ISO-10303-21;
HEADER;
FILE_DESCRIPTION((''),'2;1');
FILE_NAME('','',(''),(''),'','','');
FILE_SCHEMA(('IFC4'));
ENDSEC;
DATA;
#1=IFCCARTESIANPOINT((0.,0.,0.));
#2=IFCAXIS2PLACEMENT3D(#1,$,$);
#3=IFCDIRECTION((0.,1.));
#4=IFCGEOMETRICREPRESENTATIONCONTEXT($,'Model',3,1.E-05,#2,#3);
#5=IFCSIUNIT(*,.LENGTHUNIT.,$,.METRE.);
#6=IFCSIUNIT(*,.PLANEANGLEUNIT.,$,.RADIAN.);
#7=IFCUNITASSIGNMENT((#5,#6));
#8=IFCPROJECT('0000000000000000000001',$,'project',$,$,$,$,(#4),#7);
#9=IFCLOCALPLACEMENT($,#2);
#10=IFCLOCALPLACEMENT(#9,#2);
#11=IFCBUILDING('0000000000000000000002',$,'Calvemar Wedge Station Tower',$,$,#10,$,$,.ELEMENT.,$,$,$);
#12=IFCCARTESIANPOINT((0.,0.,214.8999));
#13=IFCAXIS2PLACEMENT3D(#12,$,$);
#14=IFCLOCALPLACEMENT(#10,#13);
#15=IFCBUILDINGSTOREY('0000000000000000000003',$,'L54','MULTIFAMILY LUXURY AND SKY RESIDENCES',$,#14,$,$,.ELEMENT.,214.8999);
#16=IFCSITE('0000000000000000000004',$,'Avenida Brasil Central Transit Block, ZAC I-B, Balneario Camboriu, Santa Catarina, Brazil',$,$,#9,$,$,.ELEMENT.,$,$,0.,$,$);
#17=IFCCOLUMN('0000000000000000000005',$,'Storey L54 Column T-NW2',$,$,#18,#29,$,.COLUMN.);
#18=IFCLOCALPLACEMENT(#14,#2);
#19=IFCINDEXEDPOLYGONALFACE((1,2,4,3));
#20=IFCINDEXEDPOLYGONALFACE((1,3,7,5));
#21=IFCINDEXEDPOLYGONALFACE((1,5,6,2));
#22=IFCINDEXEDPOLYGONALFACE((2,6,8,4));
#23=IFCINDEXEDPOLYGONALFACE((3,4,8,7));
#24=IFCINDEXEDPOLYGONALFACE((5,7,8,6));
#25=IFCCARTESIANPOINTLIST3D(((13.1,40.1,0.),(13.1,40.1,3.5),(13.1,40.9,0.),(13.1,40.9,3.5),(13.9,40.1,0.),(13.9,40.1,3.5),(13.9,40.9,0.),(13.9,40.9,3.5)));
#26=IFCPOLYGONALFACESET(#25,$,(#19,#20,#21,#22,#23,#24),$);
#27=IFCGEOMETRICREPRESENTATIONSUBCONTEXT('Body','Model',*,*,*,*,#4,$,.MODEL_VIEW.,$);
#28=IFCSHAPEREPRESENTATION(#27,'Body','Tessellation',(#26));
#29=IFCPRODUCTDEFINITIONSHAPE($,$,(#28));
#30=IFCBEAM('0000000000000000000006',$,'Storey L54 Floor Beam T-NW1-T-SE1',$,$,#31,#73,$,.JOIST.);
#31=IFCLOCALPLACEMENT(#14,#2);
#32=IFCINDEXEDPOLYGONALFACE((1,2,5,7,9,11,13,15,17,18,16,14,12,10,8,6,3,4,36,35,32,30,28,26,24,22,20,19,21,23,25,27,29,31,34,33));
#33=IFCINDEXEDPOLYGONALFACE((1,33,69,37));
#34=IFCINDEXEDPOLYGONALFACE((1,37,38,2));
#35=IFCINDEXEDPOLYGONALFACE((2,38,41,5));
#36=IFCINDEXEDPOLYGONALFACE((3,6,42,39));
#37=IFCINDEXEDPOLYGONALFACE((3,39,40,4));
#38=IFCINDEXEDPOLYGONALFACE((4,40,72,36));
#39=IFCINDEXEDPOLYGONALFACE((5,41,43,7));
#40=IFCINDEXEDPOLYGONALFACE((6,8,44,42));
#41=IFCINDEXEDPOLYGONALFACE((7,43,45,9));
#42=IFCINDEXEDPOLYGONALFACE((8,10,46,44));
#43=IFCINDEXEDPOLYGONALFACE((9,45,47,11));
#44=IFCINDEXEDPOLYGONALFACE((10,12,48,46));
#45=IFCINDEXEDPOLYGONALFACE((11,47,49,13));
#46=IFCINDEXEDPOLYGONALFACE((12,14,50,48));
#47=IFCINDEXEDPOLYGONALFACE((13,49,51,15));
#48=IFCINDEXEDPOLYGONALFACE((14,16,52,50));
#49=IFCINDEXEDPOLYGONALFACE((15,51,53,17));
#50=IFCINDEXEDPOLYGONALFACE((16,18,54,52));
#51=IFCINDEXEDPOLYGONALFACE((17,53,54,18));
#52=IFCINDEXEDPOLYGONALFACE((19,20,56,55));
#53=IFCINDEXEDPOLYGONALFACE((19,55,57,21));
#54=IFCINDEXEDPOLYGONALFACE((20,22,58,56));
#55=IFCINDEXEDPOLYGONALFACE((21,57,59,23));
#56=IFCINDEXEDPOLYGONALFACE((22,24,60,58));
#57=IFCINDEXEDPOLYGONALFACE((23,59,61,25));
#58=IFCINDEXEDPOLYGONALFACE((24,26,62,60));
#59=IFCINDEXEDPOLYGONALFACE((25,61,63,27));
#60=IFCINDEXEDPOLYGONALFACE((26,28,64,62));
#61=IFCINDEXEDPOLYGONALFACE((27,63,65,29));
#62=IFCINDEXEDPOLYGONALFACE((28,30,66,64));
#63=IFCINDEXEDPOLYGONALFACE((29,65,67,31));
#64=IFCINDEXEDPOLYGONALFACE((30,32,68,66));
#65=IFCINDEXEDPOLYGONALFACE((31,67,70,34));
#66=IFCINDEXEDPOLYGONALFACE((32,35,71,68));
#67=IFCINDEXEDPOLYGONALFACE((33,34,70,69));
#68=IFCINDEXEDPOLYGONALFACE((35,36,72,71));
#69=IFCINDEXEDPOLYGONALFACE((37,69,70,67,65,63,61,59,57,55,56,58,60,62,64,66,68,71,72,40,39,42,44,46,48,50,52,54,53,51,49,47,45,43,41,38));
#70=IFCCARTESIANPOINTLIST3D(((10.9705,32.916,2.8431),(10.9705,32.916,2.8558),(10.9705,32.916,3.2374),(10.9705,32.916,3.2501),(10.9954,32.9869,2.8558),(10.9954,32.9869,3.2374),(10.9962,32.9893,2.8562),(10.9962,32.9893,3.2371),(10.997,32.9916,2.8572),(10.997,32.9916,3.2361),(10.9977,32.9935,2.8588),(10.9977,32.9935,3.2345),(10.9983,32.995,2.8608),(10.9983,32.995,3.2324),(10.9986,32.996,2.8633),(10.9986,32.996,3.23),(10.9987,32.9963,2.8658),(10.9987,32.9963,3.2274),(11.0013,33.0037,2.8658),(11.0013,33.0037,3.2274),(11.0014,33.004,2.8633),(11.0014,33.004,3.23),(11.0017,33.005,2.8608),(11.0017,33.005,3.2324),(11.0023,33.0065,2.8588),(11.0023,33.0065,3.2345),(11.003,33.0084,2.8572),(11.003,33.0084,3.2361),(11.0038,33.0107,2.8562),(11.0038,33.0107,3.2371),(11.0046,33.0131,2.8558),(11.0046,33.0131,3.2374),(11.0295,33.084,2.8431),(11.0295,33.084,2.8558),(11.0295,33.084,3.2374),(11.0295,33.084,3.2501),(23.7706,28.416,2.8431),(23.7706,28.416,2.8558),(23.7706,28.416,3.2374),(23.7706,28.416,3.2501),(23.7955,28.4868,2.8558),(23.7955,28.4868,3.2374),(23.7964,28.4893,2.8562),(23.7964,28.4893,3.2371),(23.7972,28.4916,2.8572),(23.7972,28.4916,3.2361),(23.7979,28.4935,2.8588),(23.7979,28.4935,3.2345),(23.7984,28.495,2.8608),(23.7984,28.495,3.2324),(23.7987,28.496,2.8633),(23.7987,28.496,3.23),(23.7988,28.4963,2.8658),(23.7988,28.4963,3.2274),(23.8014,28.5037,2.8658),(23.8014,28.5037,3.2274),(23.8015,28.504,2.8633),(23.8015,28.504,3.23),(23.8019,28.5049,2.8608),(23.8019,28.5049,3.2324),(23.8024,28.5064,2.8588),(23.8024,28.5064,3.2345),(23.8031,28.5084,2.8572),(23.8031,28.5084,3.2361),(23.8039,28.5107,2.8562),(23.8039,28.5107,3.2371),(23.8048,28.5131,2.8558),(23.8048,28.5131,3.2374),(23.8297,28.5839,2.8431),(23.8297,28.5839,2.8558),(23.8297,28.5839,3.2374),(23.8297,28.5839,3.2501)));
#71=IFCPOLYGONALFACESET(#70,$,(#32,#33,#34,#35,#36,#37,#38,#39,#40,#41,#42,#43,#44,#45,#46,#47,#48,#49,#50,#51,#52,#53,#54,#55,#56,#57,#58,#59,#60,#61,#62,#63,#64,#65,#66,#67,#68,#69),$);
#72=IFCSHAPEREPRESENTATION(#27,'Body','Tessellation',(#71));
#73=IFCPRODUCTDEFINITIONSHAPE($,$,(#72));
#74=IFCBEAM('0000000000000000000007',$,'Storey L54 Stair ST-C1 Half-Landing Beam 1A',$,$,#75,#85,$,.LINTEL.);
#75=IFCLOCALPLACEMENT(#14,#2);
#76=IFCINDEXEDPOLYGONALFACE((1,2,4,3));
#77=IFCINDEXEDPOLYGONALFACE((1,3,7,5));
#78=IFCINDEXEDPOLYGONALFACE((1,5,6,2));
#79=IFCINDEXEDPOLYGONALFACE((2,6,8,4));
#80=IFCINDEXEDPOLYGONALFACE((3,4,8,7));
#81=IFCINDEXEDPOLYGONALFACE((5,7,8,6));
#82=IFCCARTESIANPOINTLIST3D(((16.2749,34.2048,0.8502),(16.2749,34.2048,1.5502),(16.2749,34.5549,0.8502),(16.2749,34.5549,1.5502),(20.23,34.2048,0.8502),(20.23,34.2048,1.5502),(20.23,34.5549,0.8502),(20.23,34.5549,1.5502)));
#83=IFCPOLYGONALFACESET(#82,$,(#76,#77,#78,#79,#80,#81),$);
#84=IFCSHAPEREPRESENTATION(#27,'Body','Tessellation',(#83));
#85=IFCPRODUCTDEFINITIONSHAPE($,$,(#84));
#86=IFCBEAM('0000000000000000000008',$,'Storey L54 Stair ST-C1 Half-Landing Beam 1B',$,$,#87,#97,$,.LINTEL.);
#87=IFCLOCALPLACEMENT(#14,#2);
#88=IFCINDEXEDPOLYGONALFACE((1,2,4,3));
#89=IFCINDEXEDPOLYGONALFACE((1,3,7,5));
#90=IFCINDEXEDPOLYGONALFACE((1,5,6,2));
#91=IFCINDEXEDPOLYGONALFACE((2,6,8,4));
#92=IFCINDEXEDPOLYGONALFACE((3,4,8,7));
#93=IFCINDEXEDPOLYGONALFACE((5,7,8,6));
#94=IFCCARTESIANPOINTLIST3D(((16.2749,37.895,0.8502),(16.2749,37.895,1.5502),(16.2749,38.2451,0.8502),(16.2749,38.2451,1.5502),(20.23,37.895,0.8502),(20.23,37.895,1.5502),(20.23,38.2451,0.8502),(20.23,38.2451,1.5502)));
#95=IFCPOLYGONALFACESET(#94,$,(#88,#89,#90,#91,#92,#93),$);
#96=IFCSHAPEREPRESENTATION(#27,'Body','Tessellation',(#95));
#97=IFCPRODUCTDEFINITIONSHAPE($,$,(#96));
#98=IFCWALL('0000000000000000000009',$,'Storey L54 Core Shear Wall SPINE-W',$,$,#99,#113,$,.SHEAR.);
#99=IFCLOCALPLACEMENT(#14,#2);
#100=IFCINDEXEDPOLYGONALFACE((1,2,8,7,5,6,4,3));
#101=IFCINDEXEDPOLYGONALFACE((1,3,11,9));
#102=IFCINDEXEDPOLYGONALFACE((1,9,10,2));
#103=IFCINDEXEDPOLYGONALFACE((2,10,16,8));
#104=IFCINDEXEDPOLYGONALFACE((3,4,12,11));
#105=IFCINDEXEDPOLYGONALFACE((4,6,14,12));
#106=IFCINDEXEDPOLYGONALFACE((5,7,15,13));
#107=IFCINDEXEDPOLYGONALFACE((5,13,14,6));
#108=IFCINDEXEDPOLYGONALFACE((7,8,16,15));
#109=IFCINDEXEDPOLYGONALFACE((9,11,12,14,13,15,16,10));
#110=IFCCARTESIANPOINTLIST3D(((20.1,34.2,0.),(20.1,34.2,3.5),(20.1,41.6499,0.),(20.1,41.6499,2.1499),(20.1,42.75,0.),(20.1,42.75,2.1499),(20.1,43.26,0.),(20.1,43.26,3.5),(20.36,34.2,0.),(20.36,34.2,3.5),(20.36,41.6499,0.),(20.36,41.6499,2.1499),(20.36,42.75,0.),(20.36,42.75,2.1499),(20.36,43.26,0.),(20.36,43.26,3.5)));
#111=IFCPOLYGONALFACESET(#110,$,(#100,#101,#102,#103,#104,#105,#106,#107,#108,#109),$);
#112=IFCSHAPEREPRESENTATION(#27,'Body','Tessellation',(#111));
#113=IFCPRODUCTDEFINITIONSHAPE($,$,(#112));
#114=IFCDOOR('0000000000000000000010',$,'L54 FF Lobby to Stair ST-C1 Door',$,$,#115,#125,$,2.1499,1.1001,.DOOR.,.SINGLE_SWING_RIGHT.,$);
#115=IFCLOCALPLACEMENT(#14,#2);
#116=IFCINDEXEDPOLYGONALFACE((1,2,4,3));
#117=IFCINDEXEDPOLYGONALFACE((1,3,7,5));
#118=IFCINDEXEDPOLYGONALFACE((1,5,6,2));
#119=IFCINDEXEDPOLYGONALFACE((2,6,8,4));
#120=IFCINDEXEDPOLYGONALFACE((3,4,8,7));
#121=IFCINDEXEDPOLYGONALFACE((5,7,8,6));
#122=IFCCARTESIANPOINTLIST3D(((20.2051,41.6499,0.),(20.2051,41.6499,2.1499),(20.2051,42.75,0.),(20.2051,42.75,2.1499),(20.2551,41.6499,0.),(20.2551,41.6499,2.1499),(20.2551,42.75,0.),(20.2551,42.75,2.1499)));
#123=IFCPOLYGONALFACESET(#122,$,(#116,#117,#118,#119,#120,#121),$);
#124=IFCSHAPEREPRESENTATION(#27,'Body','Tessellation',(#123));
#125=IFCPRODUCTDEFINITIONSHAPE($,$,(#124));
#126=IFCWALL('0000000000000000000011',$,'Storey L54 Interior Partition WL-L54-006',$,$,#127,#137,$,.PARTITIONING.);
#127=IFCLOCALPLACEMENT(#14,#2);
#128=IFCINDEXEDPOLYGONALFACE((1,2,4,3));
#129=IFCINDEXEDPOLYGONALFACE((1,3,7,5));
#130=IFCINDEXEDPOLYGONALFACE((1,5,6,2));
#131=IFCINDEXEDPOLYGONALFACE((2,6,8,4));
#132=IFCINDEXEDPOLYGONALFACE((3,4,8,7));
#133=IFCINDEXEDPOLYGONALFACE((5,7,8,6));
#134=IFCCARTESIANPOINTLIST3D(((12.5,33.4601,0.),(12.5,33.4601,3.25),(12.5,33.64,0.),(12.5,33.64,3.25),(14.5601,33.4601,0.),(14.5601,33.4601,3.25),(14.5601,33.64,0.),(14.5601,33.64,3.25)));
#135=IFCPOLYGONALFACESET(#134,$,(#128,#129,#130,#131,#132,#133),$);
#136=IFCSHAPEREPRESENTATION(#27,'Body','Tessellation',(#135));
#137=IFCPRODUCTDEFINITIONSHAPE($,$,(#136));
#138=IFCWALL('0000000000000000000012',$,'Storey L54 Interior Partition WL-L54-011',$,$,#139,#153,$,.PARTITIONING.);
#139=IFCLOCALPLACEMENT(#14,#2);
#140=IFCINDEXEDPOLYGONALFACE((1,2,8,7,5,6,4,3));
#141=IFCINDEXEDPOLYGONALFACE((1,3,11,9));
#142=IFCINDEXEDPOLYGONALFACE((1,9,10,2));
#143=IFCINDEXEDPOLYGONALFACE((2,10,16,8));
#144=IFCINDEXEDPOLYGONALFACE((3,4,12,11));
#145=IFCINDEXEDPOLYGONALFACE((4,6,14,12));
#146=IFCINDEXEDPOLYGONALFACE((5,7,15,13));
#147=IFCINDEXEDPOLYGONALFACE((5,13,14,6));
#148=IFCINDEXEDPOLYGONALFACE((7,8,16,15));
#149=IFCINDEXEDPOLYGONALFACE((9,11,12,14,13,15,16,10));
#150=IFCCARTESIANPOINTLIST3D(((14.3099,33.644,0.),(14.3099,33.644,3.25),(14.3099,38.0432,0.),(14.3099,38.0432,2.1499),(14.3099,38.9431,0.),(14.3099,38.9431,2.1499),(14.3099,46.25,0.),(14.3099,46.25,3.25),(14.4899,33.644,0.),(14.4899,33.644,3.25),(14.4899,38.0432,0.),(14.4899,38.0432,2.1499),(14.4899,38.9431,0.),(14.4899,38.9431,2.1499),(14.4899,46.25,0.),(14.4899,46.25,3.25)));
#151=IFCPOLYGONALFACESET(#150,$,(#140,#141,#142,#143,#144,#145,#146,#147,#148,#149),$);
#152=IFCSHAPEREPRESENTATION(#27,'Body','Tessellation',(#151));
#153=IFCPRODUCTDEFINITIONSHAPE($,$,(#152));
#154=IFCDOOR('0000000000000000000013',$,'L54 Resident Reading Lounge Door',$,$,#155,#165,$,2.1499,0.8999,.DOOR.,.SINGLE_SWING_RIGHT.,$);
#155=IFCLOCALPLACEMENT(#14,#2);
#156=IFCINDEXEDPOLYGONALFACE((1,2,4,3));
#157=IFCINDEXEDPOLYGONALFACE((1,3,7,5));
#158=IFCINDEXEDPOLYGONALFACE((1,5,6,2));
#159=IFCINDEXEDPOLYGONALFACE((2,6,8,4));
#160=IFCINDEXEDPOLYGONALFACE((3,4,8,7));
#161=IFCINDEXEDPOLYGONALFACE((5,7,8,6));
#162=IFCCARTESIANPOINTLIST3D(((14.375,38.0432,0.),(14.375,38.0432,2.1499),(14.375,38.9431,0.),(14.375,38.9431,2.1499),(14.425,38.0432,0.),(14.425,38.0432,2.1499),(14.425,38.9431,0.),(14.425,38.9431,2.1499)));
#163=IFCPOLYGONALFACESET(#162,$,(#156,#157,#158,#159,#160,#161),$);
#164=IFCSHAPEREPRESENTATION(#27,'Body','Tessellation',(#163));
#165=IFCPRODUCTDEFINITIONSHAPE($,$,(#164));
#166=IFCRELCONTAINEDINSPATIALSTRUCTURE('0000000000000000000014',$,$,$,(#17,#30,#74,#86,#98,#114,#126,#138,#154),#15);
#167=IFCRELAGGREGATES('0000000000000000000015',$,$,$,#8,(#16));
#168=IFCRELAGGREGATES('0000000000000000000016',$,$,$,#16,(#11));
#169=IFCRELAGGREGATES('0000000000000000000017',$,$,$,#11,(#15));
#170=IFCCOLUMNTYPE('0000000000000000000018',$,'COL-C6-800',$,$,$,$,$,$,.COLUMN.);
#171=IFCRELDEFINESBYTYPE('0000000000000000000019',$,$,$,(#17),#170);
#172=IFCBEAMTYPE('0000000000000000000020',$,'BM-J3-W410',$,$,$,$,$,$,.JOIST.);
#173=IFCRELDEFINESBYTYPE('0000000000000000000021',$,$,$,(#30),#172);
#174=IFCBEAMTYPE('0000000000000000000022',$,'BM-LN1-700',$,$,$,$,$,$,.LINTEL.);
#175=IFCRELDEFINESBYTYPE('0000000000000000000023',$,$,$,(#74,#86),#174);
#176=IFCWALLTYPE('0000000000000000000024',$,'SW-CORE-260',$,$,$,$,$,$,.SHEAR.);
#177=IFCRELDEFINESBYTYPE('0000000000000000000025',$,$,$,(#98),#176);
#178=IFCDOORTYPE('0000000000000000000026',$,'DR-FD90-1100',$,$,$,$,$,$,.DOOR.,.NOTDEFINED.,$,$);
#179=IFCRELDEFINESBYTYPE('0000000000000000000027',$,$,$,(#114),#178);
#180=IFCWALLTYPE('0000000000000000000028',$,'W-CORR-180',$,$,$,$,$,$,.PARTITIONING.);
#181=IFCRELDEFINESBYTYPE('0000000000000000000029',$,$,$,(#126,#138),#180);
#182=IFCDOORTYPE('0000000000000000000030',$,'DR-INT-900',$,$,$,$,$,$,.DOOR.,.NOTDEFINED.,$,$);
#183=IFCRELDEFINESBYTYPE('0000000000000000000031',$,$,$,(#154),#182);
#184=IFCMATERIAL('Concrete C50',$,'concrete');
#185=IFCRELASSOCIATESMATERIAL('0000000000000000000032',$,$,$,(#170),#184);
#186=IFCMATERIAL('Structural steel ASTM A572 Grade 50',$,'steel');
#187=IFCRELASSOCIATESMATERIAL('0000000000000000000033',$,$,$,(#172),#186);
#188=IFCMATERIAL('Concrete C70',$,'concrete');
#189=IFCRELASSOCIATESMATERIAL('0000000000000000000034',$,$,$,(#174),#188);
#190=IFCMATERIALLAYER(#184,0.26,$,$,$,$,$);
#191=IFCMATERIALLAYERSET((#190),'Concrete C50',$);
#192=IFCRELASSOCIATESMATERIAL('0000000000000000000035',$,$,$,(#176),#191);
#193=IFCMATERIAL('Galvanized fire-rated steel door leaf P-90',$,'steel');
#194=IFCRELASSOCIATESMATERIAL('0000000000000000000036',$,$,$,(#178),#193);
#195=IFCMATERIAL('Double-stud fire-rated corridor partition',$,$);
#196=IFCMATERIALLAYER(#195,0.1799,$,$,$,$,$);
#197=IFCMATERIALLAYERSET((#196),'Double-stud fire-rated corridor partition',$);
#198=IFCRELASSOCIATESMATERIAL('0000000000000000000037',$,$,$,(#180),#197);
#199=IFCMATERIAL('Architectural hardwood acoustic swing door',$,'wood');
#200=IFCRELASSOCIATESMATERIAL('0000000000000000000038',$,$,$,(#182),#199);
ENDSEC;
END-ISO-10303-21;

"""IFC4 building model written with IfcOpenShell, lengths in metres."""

from ifc_helpers import new_model, si_unit, direction, frame, frame_2d, origin, origin_2d, place, context, subcontext, project, spatial, rectangle, i_section, extrude, source, transform, mapped, material, layer, layer_set, material_profile, profile_set, type_object, element, fill, save


model = new_model("IFC4")

# Units and contexts
model_context = context("Model", 3, precision=1e-05, world=origin(), true_north=direction((0.0, 1.0)))
body_context = subcontext(model_context, "Body", "Model", "MODEL_VIEW")
ifc_project = project(units=[si_unit("LENGTHUNIT", "METRE"), si_unit("PLANEANGLEUNIT", "RADIAN")], contexts=[model_context])

# Site, building, storey
site_placement = place(None, origin())
site = spatial("IfcSite", under=ifc_project, at=site_placement, Name="Avenida Brasil Central Transit Block, ZAC I-B, Balneario Camboriu, Santa Catarina, Brazil", CompositionType="ELEMENT", RefElevation=0.0)
building_placement = place(site_placement, origin())
building = spatial("IfcBuilding", under=site, at=building_placement, Name="Calvemar Wedge Station Tower", CompositionType="ELEMENT")
storey_placement = place(building_placement, frame((0.0, 0.0, 214.8999)))
storey = spatial("IfcBuildingStorey", under=building, at=storey_placement, Name="L54", Description="MULTIFAMILY LUXURY AND SKY RESIDENCES", CompositionType="ELEMENT", Elevation=214.8999)

# Column
ifc_material_1 = material(Name="Concrete C50", Category="concrete")
ifc_material_profile_1 = material_profile(ifc_material_1, rectangle(XDim=0.8, YDim=0.8, at=origin_2d()), Name="RC800x800")
ifc_profile_set_1 = profile_set([ifc_material_profile_1], Name="Concrete C50")
column_type = type_object("IfcColumnType", Name="COL-C6-800", PredefinedType="COLUMN", material=ifc_profile_set_1)
shared_shape_1 = source(origin(), body_context, "Body", "SweptSolid", [
    extrude(rectangle(XDim=0.8, YDim=0.8, at=origin_2d()), origin(), (0.0, 0.0, 1.0), 3.5),
])
column_placement = place(storey_placement, frame((13.5, 40.5, 0.0), z_axis=(0.0, 0.0, 1.0), x_axis=(1.0, 0.0, 0.0)))
element("IfcColumn", 1, at=column_placement, inside=storey, type_object=column_type, Name="Storey L54 Column T-NW2", PredefinedType="COLUMN", context=body_context, shape_type="MappedRepresentation", body=[
    mapped(shared_shape_1, transform((0.0, 0.0, 0.0), scale=1.0)),
])

# Beams
ifc_material_2 = material(Name="Structural steel ASTM A572 Grade 50", Category="steel")
ifc_material_profile_2 = material_profile(ifc_material_2, i_section(OverallWidth=0.178, OverallDepth=0.407, WebThickness=0.0078, FlangeThickness=0.0127, FilletRadius=0.01, at=origin_2d()), Name="W410x60")
ifc_profile_set_2 = profile_set([ifc_material_profile_2], Name="Structural steel ASTM A572 Grade 50")
beam_type_1 = type_object("IfcBeamType", Name="BM-J3-W410", PredefinedType="JOIST", material=ifc_profile_set_2)
shared_shape_2 = source(origin(), body_context, "Body", "SweptSolid", [
    extrude(i_section(OverallWidth=0.178, OverallDepth=0.407, WebThickness=0.0078, FlangeThickness=0.0127, FilletRadius=0.01, at=origin_2d()), origin(), (0.0, 0.0, 1.0), 13.5681),
])
beam_placement = place(storey_placement, frame((11.0, 33.0, 3.0466), z_axis=(0.943398, -0.331662, 0.0), x_axis=(0.331662, 0.943398, 0.0)))
element("IfcBeam", 2, at=beam_placement, inside=storey, type_object=beam_type_1, Name="Storey L54 Floor Beam T-NW1-T-SE1", PredefinedType="JOIST", context=body_context, shape_type="MappedRepresentation", body=[
    mapped(shared_shape_2, transform((0.0, 0.0, 0.0), scale=1.0)),
])
ifc_material_3 = material(Name="Concrete C70", Category="concrete")
ifc_material_profile_3 = material_profile(ifc_material_3, rectangle(XDim=0.3501, YDim=0.7, at=origin_2d()), Name="RC350x700")
ifc_profile_set_3 = profile_set([ifc_material_profile_3], Name="Concrete C70")
beam_type_2 = type_object("IfcBeamType", Name="BM-LN1-700", PredefinedType="LINTEL", material=ifc_profile_set_3)
shared_shape_3 = source(origin(), body_context, "Body", "SweptSolid", [
    extrude(rectangle(XDim=0.3501, YDim=0.7, at=origin_2d()), origin(), (0.0, 0.0, 1.0), 3.9551),
])
for number, where, z_axis, x_axis, name in (
    (3, (16.2749, 34.3799, 1.2002), (1.0, 0.0, 0.0), (0.0, 1.0, 0.0), "Storey L54 Stair ST-C1 Half-Landing Beam 1A"),
    (4, (16.2749, 38.0701, 1.2002), (1.0, 0.0, 0.0), (0.0, 1.0, 0.0), "Storey L54 Stair ST-C1 Half-Landing Beam 1B"),
):
    element("IfcBeam", number, at=place(storey_placement, frame(where, z_axis=z_axis, x_axis=x_axis)), inside=storey, type_object=beam_type_2, Name=name, PredefinedType="LINTEL", context=body_context, shape_type="MappedRepresentation", body=[
        mapped(shared_shape_3, transform((0.0, 0.0, 0.0), scale=1.0)),
    ])

# Wall, opening, door
ifc_layer_1 = layer(ifc_material_1, 0.26)
ifc_layer_set_1 = layer_set([ifc_layer_1], Name="Concrete C50")
wall_type_1 = type_object("IfcWallType", Name="SW-CORE-260", PredefinedType="SHEAR", material=ifc_layer_set_1)
wall_1_placement = place(storey_placement, frame((20.23, 34.2, 0.0), z_axis=(0.0, 0.0, 1.0), x_axis=(0.0, 1.0, 0.0)))
wall_1 = element("IfcWall", 5, at=wall_1_placement, inside=storey, type_object=wall_type_1, Name="Storey L54 Core Shear Wall SPINE-W", PredefinedType="SHEAR", context=body_context, shape_type="SweptSolid", body=[
    extrude(rectangle(XDim=9.0601, YDim=0.26, at=frame_2d((4.53, 0.0))), origin(), (0.0, 0.0, 1.0), 3.5),
])
shared_shape_4 = source(origin(), body_context, "Body", "SweptSolid", [
    extrude(rectangle(XDim=1.1001, YDim=2.1499, at=frame_2d((0.55, 1.075))), frame((0.0, 0.1401, 0.0), z_axis=(0.0, -1.0, 0.0), x_axis=(1.0, 0.0, 0.0)), (0.0, 0.0, 1.0), 0.28),
])
opening_1_placement = place(wall_1_placement, frame((7.45, 0.0, 0.0)))
opening_1 = element("IfcOpeningElement", 6, at=opening_1_placement, cuts=wall_1, PredefinedType="OPENING", context=body_context, shape_type="MappedRepresentation", body=[
    mapped(shared_shape_4, transform((0.0, 0.0, 0.0), scale=1.0)),
])
ifc_material_4 = material(Name="Galvanized fire-rated steel door leaf P-90", Category="steel")
door_type_1 = type_object("IfcDoorType", Name="DR-FD90-1100", OperationType="NOTDEFINED", PredefinedType="DOOR", material=ifc_material_4)
shared_shape_5 = source(origin(), body_context, "Body", "SweptSolid", [
    extrude(rectangle(XDim=1.1001, YDim=2.1499, at=frame_2d((0.55, 1.075))), frame((0.0, 0.0249, 0.0), z_axis=(0.0, -1.0, 0.0), x_axis=(1.0, 0.0, 0.0)), (0.0, 0.0, 1.0), 0.05),
])
door_1_placement = place(opening_1_placement, origin())
door_1 = element("IfcDoor", 7, at=door_1_placement, inside=storey, type_object=door_type_1, Name="L54 FF Lobby to Stair ST-C1 Door", OperationType="SINGLE_SWING_RIGHT", OverallHeight=2.1499, OverallWidth=1.1001, PredefinedType="DOOR", context=body_context, shape_type="MappedRepresentation", body=[
    mapped(shared_shape_5, transform((0.0, 0.0, 0.0), scale=1.0)),
])
fill(opening_1, door_1)

# Wall
ifc_material_5 = material(Name="Double-stud fire-rated corridor partition")
ifc_layer_2 = layer(ifc_material_5, 0.1799)
ifc_layer_set_2 = layer_set([ifc_layer_2], Name="Double-stud fire-rated corridor partition")
wall_type_2 = type_object("IfcWallType", Name="W-CORR-180", PredefinedType="PARTITIONING", material=ifc_layer_set_2)
wall_2_placement = place(storey_placement, frame((12.5, 33.55, 0.0), z_axis=(0.0, 0.0, 1.0), x_axis=(1.0, 0.0, 0.0)))
element("IfcWall", 8, at=wall_2_placement, inside=storey, type_object=wall_type_2, Name="Storey L54 Interior Partition WL-L54-006", PredefinedType="PARTITIONING", context=body_context, shape_type="SweptSolid", body=[
    extrude(rectangle(XDim=2.0601, YDim=0.1799, at=frame_2d((1.03, 0.0))), origin(), (0.0, 0.0, 1.0), 3.25),
])

# Wall, opening, door
wall_3_placement = place(storey_placement, frame((14.3999, 33.644, 0.0), z_axis=(0.0, 0.0, 1.0), x_axis=(0.0, 1.0, 0.0)))
wall_3 = element("IfcWall", 9, at=wall_3_placement, inside=storey, type_object=wall_type_2, Name="Storey L54 Interior Partition WL-L54-011", PredefinedType="PARTITIONING", context=body_context, shape_type="SweptSolid", body=[
    extrude(rectangle(XDim=12.606, YDim=0.1799, at=frame_2d((6.303, 0.0))), origin(), (0.0, 0.0, 1.0), 3.25),
])
shared_shape_6 = source(origin(), body_context, "Body", "SweptSolid", [
    extrude(rectangle(XDim=0.8999, YDim=2.1499, at=frame_2d((0.45, 1.075))), frame((0.0, 0.1001, 0.0), z_axis=(0.0, -1.0, 0.0), x_axis=(1.0, 0.0, 0.0)), (0.0, 0.0, 1.0), 0.2),
])
opening_2_placement = place(wall_3_placement, frame((4.3992, 0.0, 0.0)))
opening_2 = element("IfcOpeningElement", 10, at=opening_2_placement, cuts=wall_3, PredefinedType="OPENING", context=body_context, shape_type="MappedRepresentation", body=[
    mapped(shared_shape_6, transform((0.0, 0.0, 0.0), scale=1.0)),
])
ifc_material_6 = material(Name="Architectural hardwood acoustic swing door", Category="wood")
door_type_2 = type_object("IfcDoorType", Name="DR-INT-900", OperationType="NOTDEFINED", PredefinedType="DOOR", material=ifc_material_6)
shared_shape_7 = source(origin(), body_context, "Body", "SweptSolid", [
    extrude(rectangle(XDim=0.8999, YDim=2.1499, at=frame_2d((0.45, 1.075))), frame((0.0, 0.0249, 0.0), z_axis=(0.0, -1.0, 0.0), x_axis=(1.0, 0.0, 0.0)), (0.0, 0.0, 1.0), 0.05),
])
door_2_placement = place(opening_2_placement, origin())
door_2 = element("IfcDoor", 11, at=door_2_placement, inside=storey, type_object=door_type_2, Name="L54 Resident Reading Lounge Door", OperationType="SINGLE_SWING_RIGHT", OverallHeight=2.1499, OverallWidth=0.8999, PredefinedType="DOOR", context=body_context, shape_type="MappedRepresentation", body=[
    mapped(shared_shape_7, transform((0.0, 0.0, 0.0), scale=1.0)),
])
fill(opening_2, door_2)

save(model, "model.ifc")
